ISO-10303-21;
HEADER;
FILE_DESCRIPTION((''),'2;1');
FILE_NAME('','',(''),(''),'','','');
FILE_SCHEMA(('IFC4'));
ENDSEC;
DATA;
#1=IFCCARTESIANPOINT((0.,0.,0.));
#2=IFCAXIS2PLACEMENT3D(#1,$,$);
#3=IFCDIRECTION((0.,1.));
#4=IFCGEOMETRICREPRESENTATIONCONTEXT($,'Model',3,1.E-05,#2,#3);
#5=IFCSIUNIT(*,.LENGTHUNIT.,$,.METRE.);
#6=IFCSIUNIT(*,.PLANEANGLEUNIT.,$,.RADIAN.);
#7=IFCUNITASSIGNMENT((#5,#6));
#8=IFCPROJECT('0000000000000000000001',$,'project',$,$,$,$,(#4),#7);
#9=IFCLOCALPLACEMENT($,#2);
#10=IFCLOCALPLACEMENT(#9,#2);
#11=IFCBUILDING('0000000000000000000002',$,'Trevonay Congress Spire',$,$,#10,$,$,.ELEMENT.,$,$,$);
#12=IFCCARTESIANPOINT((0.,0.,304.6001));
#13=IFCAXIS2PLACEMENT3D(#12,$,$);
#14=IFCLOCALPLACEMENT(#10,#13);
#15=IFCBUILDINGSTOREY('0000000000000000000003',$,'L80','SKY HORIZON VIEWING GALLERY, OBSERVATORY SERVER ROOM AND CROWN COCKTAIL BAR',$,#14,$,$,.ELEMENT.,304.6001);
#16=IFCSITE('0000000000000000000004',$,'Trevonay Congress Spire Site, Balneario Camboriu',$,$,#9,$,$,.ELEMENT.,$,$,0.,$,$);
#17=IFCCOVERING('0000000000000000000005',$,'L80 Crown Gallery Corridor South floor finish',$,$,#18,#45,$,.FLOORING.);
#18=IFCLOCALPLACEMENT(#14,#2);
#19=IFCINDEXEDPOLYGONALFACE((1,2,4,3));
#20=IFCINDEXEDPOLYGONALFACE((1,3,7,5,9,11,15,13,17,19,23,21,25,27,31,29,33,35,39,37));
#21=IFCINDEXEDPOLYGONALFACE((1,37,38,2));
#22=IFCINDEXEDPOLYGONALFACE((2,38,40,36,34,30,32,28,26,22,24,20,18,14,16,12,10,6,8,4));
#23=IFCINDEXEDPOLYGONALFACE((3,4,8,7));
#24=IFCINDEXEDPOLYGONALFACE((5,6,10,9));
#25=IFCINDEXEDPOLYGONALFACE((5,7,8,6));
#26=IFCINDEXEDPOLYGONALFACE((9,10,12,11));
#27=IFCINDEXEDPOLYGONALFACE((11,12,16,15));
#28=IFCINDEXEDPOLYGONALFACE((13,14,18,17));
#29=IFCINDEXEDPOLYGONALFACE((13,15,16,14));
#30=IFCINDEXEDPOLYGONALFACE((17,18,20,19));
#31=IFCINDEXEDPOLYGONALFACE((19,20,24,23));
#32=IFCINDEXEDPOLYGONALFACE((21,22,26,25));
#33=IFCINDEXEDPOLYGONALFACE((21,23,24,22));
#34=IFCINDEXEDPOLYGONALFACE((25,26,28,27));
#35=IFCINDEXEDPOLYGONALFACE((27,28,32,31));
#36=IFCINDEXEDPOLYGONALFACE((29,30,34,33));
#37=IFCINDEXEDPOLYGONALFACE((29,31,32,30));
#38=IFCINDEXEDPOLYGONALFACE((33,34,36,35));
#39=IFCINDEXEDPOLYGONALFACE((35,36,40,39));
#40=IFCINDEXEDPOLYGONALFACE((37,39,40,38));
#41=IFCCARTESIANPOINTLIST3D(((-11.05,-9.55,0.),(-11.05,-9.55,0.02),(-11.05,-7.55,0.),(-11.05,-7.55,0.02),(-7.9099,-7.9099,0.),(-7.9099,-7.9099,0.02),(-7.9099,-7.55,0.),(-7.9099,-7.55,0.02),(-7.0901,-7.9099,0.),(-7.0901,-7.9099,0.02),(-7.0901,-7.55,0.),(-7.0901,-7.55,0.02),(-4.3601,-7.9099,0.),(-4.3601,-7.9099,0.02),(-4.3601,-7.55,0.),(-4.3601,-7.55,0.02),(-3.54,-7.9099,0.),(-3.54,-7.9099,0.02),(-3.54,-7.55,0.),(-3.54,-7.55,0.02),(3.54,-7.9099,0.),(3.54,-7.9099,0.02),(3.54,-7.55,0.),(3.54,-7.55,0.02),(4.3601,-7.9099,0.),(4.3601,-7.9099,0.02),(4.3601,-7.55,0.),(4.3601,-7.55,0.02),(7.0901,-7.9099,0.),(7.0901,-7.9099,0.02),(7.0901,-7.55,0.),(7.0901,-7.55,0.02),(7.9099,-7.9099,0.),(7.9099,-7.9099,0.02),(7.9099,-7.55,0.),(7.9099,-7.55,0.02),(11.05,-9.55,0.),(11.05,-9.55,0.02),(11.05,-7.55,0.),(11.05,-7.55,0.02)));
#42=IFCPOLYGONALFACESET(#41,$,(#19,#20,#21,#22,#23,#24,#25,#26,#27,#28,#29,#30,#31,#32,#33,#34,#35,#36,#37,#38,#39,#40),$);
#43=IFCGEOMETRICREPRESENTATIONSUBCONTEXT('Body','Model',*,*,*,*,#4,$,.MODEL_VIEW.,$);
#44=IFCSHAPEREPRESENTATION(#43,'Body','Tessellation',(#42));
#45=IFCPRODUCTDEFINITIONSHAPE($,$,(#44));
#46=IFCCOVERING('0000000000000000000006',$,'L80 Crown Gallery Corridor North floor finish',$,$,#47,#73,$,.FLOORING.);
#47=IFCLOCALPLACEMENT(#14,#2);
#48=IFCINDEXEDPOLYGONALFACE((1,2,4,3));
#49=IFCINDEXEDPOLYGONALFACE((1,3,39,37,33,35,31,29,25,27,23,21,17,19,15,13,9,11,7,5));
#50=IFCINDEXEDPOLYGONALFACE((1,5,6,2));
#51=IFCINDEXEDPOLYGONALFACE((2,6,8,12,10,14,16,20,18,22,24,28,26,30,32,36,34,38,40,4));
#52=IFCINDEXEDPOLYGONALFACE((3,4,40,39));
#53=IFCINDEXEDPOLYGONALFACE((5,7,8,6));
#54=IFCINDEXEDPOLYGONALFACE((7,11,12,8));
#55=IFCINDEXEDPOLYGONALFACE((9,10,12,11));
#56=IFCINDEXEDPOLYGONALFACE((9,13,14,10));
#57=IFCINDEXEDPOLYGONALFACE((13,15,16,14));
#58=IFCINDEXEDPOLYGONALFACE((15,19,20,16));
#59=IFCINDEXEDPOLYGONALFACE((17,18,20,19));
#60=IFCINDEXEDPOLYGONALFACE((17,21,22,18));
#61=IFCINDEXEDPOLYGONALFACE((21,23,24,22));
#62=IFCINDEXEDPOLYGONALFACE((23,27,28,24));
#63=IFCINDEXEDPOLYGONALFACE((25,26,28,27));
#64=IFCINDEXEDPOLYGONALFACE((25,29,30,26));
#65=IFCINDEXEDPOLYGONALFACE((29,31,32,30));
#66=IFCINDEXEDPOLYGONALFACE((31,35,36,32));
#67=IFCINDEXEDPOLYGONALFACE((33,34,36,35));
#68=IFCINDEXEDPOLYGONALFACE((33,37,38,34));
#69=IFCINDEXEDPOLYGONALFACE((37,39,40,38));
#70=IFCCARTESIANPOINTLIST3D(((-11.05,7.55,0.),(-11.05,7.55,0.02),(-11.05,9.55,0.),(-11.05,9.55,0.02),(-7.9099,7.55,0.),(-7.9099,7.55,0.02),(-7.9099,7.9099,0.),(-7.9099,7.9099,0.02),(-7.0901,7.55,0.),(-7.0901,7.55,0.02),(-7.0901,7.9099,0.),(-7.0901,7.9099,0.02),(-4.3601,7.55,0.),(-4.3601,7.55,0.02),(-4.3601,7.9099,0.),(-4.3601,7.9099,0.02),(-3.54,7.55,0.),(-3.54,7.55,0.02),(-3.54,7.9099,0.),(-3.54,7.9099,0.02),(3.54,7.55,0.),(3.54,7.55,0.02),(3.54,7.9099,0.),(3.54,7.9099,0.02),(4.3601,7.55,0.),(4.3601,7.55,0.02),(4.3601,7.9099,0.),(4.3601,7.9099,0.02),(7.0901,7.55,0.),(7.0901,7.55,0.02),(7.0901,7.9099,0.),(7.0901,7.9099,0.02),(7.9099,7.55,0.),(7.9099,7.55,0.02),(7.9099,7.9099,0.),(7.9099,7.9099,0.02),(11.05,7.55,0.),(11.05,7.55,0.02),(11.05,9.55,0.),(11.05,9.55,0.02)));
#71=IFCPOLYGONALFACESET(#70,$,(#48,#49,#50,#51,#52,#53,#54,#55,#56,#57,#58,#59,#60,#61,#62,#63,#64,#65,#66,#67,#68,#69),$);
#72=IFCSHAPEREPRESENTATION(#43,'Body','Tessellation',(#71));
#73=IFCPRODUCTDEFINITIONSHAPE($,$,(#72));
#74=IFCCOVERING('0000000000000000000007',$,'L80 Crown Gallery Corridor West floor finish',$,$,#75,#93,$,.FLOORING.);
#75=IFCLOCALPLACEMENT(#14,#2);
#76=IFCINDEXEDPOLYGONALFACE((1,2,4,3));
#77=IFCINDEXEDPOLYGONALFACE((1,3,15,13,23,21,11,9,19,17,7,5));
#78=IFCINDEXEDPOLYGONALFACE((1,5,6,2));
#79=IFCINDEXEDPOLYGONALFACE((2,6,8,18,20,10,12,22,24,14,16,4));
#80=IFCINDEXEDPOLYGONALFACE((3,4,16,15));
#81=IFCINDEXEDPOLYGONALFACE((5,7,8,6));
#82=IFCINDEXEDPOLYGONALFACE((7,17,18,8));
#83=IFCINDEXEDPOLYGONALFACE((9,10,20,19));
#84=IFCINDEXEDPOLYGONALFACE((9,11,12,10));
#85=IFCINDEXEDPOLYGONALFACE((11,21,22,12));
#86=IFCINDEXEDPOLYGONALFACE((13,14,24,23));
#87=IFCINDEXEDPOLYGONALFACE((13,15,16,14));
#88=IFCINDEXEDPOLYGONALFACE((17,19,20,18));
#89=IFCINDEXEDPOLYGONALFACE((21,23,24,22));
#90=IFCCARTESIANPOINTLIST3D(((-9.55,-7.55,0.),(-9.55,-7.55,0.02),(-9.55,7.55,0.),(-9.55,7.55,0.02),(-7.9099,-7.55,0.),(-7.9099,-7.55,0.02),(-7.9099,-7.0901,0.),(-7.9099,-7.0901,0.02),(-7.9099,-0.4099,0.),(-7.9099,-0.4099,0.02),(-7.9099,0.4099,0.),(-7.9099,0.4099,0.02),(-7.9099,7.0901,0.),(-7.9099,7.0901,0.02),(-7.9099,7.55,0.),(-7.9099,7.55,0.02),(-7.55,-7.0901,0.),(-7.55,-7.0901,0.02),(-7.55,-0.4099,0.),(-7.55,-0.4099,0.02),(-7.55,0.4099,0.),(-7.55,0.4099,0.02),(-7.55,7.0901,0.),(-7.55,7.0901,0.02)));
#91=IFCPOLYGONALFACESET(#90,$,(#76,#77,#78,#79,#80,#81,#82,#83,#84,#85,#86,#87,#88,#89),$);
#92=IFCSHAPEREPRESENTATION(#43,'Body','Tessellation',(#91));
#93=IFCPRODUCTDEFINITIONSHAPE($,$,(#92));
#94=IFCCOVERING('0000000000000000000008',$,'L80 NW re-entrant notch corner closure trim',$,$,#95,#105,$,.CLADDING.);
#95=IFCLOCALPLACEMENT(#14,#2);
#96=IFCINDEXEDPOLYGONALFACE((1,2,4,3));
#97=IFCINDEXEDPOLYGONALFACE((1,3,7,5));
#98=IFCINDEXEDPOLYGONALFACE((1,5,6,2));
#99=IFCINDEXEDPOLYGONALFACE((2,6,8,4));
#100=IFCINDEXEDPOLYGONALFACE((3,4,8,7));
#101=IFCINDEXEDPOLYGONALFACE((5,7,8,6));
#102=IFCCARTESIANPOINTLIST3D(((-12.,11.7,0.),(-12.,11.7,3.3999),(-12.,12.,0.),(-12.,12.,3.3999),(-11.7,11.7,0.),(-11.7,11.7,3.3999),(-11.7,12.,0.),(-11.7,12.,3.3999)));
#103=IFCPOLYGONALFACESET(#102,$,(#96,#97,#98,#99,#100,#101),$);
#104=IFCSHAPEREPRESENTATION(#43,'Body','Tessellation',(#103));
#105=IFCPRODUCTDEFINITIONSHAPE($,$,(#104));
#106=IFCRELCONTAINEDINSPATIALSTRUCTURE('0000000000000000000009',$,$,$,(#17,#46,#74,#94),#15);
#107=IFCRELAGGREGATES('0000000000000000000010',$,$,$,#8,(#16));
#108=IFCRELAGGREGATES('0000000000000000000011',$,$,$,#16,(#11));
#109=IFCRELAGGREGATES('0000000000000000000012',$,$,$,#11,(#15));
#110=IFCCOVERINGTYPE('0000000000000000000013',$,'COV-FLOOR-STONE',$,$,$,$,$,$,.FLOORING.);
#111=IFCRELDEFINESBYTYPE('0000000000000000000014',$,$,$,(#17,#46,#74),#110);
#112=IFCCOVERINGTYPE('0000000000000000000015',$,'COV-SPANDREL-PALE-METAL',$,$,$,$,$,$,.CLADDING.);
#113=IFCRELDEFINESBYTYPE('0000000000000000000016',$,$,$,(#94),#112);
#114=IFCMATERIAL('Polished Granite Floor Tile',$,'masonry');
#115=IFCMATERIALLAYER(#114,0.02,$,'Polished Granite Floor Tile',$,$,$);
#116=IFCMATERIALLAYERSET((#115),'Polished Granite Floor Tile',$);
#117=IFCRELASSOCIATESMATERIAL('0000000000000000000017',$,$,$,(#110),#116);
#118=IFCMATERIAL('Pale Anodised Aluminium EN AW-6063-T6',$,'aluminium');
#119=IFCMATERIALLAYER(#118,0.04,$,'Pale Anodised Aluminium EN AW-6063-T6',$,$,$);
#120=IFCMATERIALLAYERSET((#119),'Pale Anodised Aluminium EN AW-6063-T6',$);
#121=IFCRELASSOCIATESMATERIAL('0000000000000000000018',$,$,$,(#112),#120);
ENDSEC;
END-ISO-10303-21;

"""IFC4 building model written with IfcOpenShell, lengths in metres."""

from ifc_helpers import new_model, si_unit, direction, frame, origin, place, context, subcontext, project, spatial, polyline, outline, extrude, material, layer, layer_set, type_object, element, save


model = new_model("IFC4")

# Units and contexts
model_context = context("Model", 3, precision=1e-05, world=origin(), true_north=direction((0.0, 1.0)))
body_context = subcontext(model_context, "Body", "Model", "MODEL_VIEW")
ifc_project = project(units=[si_unit("LENGTHUNIT", "METRE"), si_unit("PLANEANGLEUNIT", "RADIAN")], contexts=[model_context])

# Site, building, storey
site_placement = place(None, origin())
site = spatial("IfcSite", under=ifc_project, at=site_placement, Name="Trevonay Congress Spire Site, Balneario Camboriu", CompositionType="ELEMENT", RefElevation=0.0)
building_placement = place(site_placement, origin())
building = spatial("IfcBuilding", under=site, at=building_placement, Name="Trevonay Congress Spire", CompositionType="ELEMENT")
storey_placement = place(building_placement, frame((0.0, 0.0, 304.6001)))
storey = spatial("IfcBuildingStorey", under=building, at=storey_placement, Name="L80", Description="SKY HORIZON VIEWING GALLERY, OBSERVATORY SERVER ROOM AND CROWN COCKTAIL BAR", CompositionType="ELEMENT", Elevation=304.6001)

# Shared definitions
ifc_material_1 = material(Name="Pale Anodised Aluminium EN AW-6063-T6", Category="aluminium")

# Coverings
ifc_material_2 = material(Name="Polished Granite Floor Tile", Category="masonry")
ifc_layer_1 = layer(ifc_material_2, 0.02, Name="Polished Granite Floor Tile")
ifc_layer_set_1 = layer_set([ifc_layer_1], Name="Polished Granite Floor Tile")
covering_type_1 = type_object("IfcCoveringType", Name="COV-FLOOR-STONE", PredefinedType="FLOORING", material=ifc_layer_set_1)
covering_1_placement = place(storey_placement, origin())
element("IfcCovering", 1, at=covering_1_placement, inside=storey, type_object=covering_type_1, Name="L80 Crown Gallery Corridor South floor finish", PredefinedType="FLOORING", context=body_context, shape_type="SweptSolid", body=[
    extrude(outline(polyline([(11.05, -7.55), (11.05, -9.55), (-11.05, -9.55), (-11.05, -7.55), (-7.9099, -7.55), (-7.9099, -7.9099), (-7.0901, -7.9099), (-7.0901, -7.55), (-4.3601, -7.55), (-4.3601, -7.9099), (-3.54, -7.9099), (-3.54, -7.55), (3.54, -7.55), (3.54, -7.9099), (4.3601, -7.9099), (4.3601, -7.55), (7.0901, -7.55), (7.0901, -7.9099), (7.9099, -7.9099), (7.9099, -7.55), (11.05, -7.55)])), origin(), (0.0, 0.0, 1.0), 0.02),
])
covering_2_placement = place(storey_placement, origin())
element("IfcCovering", 2, at=covering_2_placement, inside=storey, type_object=covering_type_1, Name="L80 Crown Gallery Corridor North floor finish", PredefinedType="FLOORING", context=body_context, shape_type="SweptSolid", body=[
    extrude(outline(polyline([(-11.05, 7.55), (-11.05, 9.55), (11.05, 9.55), (11.05, 7.55), (7.9099, 7.55), (7.9099, 7.9099), (7.0901, 7.9099), (7.0901, 7.55), (4.3601, 7.55), (4.3601, 7.9099), (3.54, 7.9099), (3.54, 7.55), (-3.54, 7.55), (-3.54, 7.9099), (-4.3601, 7.9099), (-4.3601, 7.55), (-7.0901, 7.55), (-7.0901, 7.9099), (-7.9099, 7.9099), (-7.9099, 7.55), (-11.05, 7.55)])), origin(), (0.0, 0.0, 1.0), 0.02),
])
covering_3_placement = place(storey_placement, origin())
element("IfcCovering", 3, at=covering_3_placement, inside=storey, type_object=covering_type_1, Name="L80 Crown Gallery Corridor West floor finish", PredefinedType="FLOORING", context=body_context, shape_type="SweptSolid", body=[
    extrude(outline(polyline([(-9.55, 7.55), (-7.9099, 7.55), (-7.9099, 7.0901), (-7.55, 7.0901), (-7.55, 0.4099), (-7.9099, 0.4099), (-7.9099, -0.4099), (-7.55, -0.4099), (-7.55, -7.0901), (-7.9099, -7.0901), (-7.9099, -7.55), (-9.55, -7.55), (-9.55, 7.55)])), origin(), (0.0, 0.0, 1.0), 0.02),
])
ifc_layer_2 = layer(ifc_material_1, 0.04, Name="Pale Anodised Aluminium EN AW-6063-T6")
ifc_layer_set_2 = layer_set([ifc_layer_2], Name="Pale Anodised Aluminium EN AW-6063-T6")
covering_type_2 = type_object("IfcCoveringType", Name="COV-SPANDREL-PALE-METAL", PredefinedType="CLADDING", material=ifc_layer_set_2)
covering_4_placement = place(storey_placement, origin())
element("IfcCovering", 4, at=covering_4_placement, inside=storey, type_object=covering_type_2, Name="L80 NW re-entrant notch corner closure trim", PredefinedType="CLADDING", context=body_context, shape_type="SweptSolid", body=[
    extrude(outline(polyline([(-12.0, 11.7), (-11.7, 11.7), (-11.7, 12.0), (-12.0, 12.0), (-12.0, 11.7)])), origin(), (0.0, 0.0, 1.0), 3.3999),
])

save(model, "model.ifc")
